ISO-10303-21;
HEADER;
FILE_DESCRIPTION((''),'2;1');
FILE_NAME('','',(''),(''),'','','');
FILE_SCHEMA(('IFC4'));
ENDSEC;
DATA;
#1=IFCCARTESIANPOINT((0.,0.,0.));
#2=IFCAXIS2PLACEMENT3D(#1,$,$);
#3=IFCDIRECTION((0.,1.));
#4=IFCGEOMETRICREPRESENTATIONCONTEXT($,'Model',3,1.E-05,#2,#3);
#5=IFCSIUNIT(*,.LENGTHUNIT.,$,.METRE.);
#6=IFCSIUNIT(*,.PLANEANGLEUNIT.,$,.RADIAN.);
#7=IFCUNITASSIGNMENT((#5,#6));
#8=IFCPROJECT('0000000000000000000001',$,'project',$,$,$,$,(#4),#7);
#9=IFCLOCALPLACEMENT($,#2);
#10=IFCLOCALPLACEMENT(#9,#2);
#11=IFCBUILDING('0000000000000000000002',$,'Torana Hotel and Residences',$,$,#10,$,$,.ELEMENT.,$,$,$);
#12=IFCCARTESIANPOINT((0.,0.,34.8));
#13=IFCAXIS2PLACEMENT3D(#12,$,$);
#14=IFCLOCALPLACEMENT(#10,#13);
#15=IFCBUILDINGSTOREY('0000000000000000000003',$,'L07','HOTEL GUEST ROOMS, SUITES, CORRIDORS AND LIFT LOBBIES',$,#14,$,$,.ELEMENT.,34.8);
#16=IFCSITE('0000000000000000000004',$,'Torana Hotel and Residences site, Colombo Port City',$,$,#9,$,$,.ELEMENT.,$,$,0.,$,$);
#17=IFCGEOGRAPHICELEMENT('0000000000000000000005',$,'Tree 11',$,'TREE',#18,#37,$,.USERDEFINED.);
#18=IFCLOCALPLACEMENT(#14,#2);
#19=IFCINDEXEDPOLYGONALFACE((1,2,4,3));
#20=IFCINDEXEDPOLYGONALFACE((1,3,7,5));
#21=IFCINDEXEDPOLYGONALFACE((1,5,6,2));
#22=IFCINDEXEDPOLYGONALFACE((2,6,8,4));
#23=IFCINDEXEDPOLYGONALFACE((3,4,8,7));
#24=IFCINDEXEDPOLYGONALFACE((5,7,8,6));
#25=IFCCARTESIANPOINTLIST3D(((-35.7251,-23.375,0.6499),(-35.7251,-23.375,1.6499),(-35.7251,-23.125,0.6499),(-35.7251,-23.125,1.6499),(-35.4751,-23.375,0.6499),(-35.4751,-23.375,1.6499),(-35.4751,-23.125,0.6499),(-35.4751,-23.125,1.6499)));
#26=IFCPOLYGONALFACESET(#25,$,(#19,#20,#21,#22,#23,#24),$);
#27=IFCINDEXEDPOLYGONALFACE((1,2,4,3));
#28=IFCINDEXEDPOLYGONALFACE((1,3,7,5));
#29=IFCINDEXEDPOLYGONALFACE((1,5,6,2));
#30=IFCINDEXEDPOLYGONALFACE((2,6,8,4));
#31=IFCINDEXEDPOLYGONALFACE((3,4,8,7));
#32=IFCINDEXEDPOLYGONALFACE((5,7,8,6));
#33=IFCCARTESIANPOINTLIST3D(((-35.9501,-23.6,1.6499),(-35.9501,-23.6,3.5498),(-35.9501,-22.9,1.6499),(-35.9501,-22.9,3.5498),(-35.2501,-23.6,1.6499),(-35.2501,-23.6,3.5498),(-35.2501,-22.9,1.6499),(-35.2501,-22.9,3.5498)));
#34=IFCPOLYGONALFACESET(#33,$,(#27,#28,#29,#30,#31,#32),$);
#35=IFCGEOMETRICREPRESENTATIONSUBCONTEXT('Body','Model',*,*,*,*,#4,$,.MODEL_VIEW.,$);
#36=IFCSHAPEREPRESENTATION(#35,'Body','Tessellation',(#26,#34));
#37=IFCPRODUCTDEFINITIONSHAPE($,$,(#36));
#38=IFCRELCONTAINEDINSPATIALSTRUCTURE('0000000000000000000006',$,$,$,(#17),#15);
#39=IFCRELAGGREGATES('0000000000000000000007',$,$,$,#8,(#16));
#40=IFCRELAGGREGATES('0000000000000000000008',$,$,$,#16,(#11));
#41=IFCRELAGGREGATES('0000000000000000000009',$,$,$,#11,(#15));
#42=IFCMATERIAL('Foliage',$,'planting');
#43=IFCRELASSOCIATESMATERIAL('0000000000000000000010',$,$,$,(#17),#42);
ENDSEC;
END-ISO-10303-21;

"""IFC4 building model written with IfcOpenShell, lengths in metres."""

from ifc_helpers import new_model, si_unit, direction, frame, origin, origin_2d, place, context, subcontext, project, spatial, rectangle, extrude, material, element, save


model = new_model("IFC4")

# Units and contexts
model_context = context("Model", 3, precision=1e-05, world=origin(), true_north=direction((0.0, 1.0)))
body_context = subcontext(model_context, "Body", "Model", "MODEL_VIEW")
ifc_project = project(units=[si_unit("LENGTHUNIT", "METRE"), si_unit("PLANEANGLEUNIT", "RADIAN")], contexts=[model_context])

# Site, building, storey
site_placement = place(None, origin())
site = spatial("IfcSite", under=ifc_project, at=site_placement, Name="Torana Hotel and Residences site, Colombo Port City", CompositionType="ELEMENT", RefElevation=0.0)
building_placement = place(site_placement, origin())
building = spatial("IfcBuilding", under=site, at=building_placement, Name="Torana Hotel and Residences", CompositionType="ELEMENT")
storey_placement = place(building_placement, frame((0.0, 0.0, 34.8)))
storey = spatial("IfcBuildingStorey", under=building, at=storey_placement, Name="L07", Description="HOTEL GUEST ROOMS, SUITES, CORRIDORS AND LIFT LOBBIES", CompositionType="ELEMENT", Elevation=34.8)

# Geographic element
ifc_material_1 = material(Name="Foliage", Category="planting")
geographic_element_placement = place(storey_placement, frame((-35.6001, -23.25, 0.6499), z_axis=(0.0, 0.0, 1.0), x_axis=(1.0, 0.0, 0.0)))
element("IfcGeographicElement", 1, at=geographic_element_placement, inside=storey, material=ifc_material_1, Name="Tree 11", ObjectType="TREE", PredefinedType="USERDEFINED", context=body_context, shape_type="SweptSolid", body=[
    extrude(rectangle(XDim=0.25, YDim=0.25, at=origin_2d()), origin(), (0.0, 0.0, 1.0), 1.0),
    extrude(rectangle(XDim=0.7, YDim=0.7, at=origin_2d()), frame((0.0, 0.0, 1.0)), (0.0, 0.0, 1.0), 1.8999),
])

save(model, "model.ifc")
